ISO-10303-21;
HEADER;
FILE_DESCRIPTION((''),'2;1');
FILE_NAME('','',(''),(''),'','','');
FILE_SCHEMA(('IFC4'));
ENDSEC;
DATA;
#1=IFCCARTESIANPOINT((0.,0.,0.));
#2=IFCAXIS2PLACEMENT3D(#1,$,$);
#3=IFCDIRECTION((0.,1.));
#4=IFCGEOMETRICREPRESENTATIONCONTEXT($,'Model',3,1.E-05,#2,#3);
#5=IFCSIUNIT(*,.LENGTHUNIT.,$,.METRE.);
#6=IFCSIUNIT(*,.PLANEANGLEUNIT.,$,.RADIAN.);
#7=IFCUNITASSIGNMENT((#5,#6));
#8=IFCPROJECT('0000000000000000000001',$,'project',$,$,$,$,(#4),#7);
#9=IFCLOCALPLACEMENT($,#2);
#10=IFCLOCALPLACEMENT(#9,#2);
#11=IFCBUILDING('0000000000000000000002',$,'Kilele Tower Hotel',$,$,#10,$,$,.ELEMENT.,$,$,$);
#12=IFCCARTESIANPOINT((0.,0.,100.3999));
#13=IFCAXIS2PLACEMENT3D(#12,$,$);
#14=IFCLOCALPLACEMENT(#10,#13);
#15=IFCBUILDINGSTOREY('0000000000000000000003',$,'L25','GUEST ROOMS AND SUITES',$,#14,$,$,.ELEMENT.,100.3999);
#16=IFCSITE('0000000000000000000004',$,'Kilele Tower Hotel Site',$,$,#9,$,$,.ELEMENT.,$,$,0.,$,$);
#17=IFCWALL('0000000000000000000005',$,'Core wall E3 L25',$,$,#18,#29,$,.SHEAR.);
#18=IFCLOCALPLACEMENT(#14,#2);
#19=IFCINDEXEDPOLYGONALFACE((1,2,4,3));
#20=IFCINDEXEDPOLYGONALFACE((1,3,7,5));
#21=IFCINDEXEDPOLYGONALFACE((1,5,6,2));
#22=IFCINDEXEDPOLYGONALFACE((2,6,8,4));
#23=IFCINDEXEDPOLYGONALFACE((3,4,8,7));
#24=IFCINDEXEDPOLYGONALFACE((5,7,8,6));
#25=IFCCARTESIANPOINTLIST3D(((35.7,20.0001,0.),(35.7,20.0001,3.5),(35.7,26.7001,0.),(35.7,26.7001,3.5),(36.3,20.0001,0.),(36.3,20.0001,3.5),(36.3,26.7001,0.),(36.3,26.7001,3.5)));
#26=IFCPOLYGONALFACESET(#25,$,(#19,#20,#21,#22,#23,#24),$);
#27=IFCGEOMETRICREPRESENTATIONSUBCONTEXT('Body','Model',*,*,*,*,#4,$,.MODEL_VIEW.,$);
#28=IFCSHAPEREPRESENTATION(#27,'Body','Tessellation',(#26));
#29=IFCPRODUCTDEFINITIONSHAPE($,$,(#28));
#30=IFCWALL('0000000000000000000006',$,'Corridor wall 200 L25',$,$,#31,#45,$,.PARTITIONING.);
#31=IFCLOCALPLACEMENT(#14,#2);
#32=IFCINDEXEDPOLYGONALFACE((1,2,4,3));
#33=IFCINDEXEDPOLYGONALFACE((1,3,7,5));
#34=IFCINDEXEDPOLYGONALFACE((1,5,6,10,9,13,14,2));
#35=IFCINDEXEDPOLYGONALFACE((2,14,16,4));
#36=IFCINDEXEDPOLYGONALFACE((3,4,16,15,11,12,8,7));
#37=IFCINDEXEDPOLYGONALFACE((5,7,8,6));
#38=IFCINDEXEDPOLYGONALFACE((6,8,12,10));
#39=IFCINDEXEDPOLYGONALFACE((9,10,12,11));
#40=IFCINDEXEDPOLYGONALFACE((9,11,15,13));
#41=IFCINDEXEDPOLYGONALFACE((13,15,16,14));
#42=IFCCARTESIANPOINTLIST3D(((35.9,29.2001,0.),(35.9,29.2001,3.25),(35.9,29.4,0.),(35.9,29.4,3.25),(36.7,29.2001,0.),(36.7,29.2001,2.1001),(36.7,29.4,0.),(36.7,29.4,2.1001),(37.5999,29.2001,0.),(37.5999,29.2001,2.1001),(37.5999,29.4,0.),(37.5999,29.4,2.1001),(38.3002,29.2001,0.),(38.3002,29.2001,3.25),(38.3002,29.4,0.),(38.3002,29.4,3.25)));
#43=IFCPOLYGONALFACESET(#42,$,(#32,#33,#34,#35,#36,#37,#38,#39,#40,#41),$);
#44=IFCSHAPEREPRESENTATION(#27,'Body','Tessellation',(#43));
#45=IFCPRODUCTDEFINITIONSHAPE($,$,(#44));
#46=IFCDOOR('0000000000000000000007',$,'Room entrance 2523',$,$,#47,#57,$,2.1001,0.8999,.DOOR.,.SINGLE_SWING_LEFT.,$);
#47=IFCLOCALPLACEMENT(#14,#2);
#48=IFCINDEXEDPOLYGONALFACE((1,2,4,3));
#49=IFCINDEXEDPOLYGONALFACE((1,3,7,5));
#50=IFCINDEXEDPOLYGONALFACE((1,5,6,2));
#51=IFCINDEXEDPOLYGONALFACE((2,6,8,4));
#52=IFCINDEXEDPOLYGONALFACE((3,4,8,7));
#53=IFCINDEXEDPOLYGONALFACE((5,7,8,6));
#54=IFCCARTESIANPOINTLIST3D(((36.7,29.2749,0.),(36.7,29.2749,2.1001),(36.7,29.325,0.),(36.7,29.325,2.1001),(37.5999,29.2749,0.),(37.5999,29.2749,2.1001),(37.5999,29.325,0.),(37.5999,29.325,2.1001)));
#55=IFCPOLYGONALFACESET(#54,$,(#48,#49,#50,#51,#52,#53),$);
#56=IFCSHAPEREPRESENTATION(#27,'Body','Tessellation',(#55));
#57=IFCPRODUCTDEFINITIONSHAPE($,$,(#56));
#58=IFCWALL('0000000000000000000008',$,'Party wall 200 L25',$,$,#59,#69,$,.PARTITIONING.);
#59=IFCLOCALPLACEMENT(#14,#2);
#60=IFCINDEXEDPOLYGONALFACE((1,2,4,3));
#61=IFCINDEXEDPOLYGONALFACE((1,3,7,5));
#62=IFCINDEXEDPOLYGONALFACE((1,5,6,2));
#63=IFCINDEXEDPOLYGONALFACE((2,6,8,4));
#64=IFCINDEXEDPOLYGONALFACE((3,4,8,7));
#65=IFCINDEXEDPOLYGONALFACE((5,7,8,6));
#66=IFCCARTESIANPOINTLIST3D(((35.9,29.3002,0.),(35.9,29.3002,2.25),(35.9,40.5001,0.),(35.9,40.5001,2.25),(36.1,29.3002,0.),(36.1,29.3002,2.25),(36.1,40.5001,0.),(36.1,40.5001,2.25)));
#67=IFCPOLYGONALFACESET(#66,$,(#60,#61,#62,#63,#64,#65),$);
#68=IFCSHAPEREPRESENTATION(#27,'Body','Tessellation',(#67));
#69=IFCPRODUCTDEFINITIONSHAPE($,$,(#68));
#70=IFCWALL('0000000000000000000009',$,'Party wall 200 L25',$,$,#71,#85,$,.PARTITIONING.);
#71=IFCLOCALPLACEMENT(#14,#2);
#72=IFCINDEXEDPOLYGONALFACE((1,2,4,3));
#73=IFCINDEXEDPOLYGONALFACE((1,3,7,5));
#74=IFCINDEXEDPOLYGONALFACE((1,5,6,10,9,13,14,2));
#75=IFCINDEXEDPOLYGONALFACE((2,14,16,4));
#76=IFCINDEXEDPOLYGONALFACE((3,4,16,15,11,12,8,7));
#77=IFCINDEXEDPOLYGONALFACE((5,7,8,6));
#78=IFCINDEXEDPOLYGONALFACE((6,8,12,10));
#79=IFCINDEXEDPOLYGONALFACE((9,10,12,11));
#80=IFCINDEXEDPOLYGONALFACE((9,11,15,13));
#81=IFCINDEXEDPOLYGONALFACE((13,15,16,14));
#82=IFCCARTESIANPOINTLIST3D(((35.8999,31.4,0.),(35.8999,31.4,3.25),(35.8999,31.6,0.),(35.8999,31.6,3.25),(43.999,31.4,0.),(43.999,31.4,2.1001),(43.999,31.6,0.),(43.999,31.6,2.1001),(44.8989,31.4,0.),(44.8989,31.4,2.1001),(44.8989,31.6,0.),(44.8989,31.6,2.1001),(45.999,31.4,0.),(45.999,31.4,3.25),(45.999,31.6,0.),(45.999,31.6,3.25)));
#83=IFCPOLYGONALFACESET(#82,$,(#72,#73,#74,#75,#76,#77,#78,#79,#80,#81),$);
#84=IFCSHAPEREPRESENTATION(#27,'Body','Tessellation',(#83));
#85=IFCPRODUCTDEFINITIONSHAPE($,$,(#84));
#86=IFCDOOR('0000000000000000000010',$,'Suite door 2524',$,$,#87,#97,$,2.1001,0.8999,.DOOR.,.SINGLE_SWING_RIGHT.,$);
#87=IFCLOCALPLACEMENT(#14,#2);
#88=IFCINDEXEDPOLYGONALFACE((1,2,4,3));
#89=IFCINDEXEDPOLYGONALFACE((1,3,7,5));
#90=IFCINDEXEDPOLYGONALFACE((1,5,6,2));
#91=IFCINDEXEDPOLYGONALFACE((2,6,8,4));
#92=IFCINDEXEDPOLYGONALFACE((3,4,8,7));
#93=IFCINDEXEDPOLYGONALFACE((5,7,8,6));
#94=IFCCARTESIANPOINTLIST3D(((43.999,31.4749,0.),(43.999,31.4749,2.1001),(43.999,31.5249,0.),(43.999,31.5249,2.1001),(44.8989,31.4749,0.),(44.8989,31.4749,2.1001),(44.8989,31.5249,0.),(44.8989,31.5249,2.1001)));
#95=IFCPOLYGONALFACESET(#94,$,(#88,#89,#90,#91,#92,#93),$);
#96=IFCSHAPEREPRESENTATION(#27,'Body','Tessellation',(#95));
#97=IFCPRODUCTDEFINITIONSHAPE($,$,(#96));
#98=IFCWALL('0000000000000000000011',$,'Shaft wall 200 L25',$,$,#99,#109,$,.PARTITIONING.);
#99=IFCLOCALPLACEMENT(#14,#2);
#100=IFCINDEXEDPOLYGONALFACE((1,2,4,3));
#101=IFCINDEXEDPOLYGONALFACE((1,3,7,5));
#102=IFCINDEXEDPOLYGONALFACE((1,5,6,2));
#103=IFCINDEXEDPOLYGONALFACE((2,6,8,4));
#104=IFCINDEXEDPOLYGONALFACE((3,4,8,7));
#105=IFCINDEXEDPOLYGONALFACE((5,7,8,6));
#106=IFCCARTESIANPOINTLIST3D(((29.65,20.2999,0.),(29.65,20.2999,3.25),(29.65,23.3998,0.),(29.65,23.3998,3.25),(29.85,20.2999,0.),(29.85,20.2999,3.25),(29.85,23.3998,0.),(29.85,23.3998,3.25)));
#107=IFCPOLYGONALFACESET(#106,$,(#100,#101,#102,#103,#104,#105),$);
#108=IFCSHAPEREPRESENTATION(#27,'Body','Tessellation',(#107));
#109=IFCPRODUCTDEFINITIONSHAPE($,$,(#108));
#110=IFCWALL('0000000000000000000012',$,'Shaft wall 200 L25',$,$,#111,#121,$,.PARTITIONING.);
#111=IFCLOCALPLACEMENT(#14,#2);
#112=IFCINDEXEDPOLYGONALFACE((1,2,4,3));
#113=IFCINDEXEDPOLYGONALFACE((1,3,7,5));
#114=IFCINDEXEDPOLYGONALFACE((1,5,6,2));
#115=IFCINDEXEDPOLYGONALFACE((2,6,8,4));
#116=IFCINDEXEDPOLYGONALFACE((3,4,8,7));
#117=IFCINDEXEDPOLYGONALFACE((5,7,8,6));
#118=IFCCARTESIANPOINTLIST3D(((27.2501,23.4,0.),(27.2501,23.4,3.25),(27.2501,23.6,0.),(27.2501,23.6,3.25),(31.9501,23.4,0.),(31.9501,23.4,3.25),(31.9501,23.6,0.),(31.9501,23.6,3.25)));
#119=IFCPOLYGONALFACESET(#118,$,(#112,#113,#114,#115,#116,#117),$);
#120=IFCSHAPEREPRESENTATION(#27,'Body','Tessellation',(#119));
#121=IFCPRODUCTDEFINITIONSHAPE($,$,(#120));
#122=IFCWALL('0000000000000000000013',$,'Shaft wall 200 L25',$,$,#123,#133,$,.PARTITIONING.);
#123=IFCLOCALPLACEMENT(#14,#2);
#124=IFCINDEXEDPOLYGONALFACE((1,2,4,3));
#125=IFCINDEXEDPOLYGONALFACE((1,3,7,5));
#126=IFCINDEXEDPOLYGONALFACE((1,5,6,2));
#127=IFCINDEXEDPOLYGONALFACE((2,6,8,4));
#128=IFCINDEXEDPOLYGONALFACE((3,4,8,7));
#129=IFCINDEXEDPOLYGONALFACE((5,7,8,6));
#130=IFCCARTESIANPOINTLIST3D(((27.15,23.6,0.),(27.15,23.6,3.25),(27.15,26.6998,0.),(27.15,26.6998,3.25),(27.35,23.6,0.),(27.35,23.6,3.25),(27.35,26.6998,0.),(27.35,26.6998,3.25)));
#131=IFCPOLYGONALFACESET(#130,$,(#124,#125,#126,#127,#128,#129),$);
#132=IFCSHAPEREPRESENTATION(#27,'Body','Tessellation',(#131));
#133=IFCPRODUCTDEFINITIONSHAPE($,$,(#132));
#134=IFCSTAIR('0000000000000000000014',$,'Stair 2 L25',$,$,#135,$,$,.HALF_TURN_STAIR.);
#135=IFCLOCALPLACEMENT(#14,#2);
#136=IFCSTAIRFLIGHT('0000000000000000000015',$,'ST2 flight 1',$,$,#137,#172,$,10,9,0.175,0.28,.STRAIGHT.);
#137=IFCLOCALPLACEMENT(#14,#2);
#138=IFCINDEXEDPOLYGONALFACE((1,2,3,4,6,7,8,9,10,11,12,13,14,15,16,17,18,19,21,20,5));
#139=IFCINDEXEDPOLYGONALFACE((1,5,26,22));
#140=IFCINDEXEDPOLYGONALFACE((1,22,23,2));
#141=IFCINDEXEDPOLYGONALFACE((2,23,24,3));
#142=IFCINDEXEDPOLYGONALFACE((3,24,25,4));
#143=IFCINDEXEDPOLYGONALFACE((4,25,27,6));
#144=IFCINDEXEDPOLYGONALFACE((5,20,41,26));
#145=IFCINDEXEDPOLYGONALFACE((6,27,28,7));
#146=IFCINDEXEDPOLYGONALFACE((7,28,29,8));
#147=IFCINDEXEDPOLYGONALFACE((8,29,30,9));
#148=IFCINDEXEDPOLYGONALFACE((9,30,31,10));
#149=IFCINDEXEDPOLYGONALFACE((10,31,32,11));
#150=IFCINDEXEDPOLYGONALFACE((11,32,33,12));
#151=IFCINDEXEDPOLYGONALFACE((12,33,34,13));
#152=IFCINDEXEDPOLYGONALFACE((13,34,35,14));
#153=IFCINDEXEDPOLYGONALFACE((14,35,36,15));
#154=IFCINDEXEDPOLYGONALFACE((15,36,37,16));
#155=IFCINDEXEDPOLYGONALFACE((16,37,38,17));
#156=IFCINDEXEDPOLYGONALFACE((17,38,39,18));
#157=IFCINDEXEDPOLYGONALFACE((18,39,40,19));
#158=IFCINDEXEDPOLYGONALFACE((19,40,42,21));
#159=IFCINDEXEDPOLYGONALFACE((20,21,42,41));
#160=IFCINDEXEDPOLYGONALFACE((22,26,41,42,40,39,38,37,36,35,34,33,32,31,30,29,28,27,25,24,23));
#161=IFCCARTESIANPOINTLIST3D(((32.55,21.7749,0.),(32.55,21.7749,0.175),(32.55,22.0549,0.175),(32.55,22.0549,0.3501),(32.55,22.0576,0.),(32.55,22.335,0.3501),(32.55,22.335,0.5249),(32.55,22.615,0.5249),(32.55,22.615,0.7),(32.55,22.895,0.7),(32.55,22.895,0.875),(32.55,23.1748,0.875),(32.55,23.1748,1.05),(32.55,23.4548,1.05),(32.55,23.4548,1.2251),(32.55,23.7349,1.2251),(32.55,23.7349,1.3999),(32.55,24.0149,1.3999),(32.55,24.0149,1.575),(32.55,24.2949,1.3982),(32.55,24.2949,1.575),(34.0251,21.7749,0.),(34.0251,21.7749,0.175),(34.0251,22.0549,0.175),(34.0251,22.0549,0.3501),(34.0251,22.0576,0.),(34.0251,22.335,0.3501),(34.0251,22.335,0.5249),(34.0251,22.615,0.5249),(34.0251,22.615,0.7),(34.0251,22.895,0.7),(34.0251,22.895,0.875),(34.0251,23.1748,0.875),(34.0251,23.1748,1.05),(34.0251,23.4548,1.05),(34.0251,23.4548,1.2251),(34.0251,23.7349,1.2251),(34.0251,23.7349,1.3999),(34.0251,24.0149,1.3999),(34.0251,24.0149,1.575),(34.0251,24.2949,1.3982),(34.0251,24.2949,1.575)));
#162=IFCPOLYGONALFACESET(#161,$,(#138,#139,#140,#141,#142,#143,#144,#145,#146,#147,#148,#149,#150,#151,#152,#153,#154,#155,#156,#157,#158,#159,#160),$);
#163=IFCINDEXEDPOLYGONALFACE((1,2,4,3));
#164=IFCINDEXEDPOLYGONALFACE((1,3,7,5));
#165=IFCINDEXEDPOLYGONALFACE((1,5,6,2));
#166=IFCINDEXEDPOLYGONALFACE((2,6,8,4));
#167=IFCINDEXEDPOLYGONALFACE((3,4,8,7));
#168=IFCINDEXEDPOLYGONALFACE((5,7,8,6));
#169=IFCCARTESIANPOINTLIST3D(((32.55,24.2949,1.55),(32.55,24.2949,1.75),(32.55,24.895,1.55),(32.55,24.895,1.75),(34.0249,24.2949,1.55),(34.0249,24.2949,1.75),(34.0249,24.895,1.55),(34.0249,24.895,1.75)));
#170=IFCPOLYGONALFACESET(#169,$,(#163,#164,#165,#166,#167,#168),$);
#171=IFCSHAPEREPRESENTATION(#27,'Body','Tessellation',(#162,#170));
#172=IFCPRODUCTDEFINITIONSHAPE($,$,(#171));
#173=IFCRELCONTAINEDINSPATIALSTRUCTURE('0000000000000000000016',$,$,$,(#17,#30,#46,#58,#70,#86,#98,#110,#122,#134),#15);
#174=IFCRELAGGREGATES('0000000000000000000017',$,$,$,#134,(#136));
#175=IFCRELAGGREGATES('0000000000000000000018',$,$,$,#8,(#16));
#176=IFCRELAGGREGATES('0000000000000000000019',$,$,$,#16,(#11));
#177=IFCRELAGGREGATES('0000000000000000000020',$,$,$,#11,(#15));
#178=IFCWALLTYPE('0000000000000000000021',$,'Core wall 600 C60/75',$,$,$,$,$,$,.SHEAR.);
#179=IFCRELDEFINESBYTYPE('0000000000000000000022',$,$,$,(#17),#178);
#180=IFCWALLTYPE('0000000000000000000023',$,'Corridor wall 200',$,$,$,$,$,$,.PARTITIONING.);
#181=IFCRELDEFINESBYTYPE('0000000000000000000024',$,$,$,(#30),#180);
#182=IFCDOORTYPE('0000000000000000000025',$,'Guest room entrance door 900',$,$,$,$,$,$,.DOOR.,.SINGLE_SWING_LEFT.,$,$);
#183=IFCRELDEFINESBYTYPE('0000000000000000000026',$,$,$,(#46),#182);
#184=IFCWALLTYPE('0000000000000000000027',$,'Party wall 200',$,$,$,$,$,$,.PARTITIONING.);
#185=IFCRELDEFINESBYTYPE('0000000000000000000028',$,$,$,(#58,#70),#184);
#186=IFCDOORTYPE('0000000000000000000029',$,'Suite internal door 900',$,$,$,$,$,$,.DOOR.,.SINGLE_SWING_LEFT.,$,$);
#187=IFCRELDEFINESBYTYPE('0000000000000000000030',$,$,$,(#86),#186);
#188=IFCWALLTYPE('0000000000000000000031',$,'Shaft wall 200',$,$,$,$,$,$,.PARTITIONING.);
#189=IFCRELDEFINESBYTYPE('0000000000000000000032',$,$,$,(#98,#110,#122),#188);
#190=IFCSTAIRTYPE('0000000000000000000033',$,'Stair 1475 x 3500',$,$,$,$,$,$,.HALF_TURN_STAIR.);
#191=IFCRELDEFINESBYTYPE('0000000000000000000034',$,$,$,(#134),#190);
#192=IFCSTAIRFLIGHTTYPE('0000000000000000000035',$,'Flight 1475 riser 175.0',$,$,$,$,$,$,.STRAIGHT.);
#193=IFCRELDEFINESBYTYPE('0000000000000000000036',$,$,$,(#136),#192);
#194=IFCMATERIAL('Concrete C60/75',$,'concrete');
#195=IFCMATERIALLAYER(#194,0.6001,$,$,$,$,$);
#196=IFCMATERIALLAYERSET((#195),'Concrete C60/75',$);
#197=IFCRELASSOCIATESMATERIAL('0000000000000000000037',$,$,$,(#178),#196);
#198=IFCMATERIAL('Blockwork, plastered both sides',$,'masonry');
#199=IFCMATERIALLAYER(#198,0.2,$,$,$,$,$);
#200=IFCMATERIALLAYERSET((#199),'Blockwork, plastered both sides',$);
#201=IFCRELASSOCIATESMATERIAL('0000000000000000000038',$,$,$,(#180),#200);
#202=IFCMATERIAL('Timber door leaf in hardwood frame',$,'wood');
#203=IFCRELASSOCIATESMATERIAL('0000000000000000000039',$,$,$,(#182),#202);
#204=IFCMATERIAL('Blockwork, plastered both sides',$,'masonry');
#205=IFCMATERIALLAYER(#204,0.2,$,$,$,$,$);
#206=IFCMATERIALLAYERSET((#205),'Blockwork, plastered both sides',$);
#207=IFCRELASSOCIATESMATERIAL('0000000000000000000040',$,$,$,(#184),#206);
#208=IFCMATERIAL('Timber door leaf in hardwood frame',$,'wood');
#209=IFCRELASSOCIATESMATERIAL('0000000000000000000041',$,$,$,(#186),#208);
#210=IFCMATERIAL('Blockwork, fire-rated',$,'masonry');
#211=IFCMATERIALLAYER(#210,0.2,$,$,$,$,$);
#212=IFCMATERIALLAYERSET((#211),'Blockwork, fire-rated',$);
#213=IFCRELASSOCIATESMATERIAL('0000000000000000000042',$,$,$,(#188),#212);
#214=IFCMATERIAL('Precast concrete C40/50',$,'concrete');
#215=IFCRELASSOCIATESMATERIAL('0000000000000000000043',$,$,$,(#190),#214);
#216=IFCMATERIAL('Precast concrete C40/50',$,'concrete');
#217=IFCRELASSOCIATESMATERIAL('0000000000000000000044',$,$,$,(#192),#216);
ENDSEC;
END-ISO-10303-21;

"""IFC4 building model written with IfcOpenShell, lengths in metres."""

from ifc_helpers import new_model, si_unit, direction, frame, frame_2d, origin, place, context, subcontext, project, spatial, polyline, rectangle, outline, extrude, material, layer, layer_set, type_object, element, fill, aggregate, save


model = new_model("IFC4")

# Units and contexts
model_context = context("Model", 3, precision=1e-05, world=origin(), true_north=direction((0.0, 1.0)))
body_context = subcontext(model_context, "Body", "Model", "MODEL_VIEW")
ifc_project = project(units=[si_unit("LENGTHUNIT", "METRE"), si_unit("PLANEANGLEUNIT", "RADIAN")], contexts=[model_context])

# Site, building, storey
site_placement = place(None, origin())
site = spatial("IfcSite", under=ifc_project, at=site_placement, Name="Kilele Tower Hotel Site", CompositionType="ELEMENT", RefElevation=0.0)
building_placement = place(site_placement, origin())
building = spatial("IfcBuilding", under=site, at=building_placement, Name="Kilele Tower Hotel", CompositionType="ELEMENT")
storey_placement = place(building_placement, frame((0.0, 0.0, 100.3999)))
storey = spatial("IfcBuildingStorey", under=building, at=storey_placement, Name="L25", Description="GUEST ROOMS AND SUITES", CompositionType="ELEMENT", Elevation=100.3999)

# Wall
ifc_material_1 = material(Name="Concrete C60/75", Category="concrete")
ifc_layer_1 = layer(ifc_material_1, 0.6001)
ifc_layer_set_1 = layer_set([ifc_layer_1], Name="Concrete C60/75")
wall_type_1 = type_object("IfcWallType", Name="Core wall 600 C60/75", PredefinedType="SHEAR", material=ifc_layer_set_1)
wall_1_placement = place(storey_placement, frame((36.0, 20.0, 0.0), z_axis=(0.0, 0.0, 1.0), x_axis=(0.0, 1.0, 0.0)))
element("IfcWall", 1, at=wall_1_placement, inside=storey, type_object=wall_type_1, Name="Core wall E3 L25", PredefinedType="SHEAR", context=body_context, shape_type="SweptSolid", body=[
    extrude(rectangle(XDim=6.7, YDim=0.6001, at=frame_2d((3.3501, 0.0))), origin(), (0.0, 0.0, 1.0), 3.5),
])

# Wall, opening, door
ifc_material_2 = material(Name="Blockwork, plastered both sides", Category="masonry")
ifc_layer_2 = layer(ifc_material_2, 0.2)
ifc_layer_set_2 = layer_set([ifc_layer_2], Name="Blockwork, plastered both sides")
wall_type_2 = type_object("IfcWallType", Name="Corridor wall 200", PredefinedType="PARTITIONING", material=ifc_layer_set_2)
wall_2_placement = place(storey_placement, frame((35.8999, 29.3, 0.0), z_axis=(0.0, 0.0, 1.0), x_axis=(1.0, 0.0, 0.0)))
wall_2 = element("IfcWall", 2, at=wall_2_placement, inside=storey, type_object=wall_type_2, Name="Corridor wall 200 L25", PredefinedType="PARTITIONING", context=body_context, shape_type="SweptSolid", body=[
    extrude(rectangle(XDim=2.4001, YDim=0.2, at=frame_2d((1.2002, 0.0))), origin(), (0.0, 0.0, 1.0), 3.25),
])
opening_1_placement = place(wall_2_placement, frame((0.8, 0.0, 0.0)))
opening_1 = element("IfcOpeningElement", 3, at=opening_1_placement, cuts=wall_2, PredefinedType="OPENING", context=body_context, shape_type="SweptSolid", body=[
    extrude(rectangle(XDim=0.8999, YDim=2.1001, at=frame_2d((0.45, 1.05))), frame((0.0, 0.1099, 0.0), z_axis=(0.0, -1.0, 0.0), x_axis=(1.0, 0.0, 0.0)), (0.0, 0.0, 1.0), 0.22),
])
ifc_material_3 = material(Name="Timber door leaf in hardwood frame", Category="wood")
door_type_1 = type_object("IfcDoorType", Name="Guest room entrance door 900", OperationType="SINGLE_SWING_LEFT", PredefinedType="DOOR", material=ifc_material_3)
door_1_placement = place(opening_1_placement, origin())
door_1 = element("IfcDoor", 4, at=door_1_placement, inside=storey, type_object=door_type_1, Name="Room entrance 2523", OperationType="SINGLE_SWING_LEFT", OverallHeight=2.1001, OverallWidth=0.8999, PredefinedType="DOOR", context=body_context, shape_type="SweptSolid", body=[
    extrude(rectangle(XDim=0.8999, YDim=2.1001, at=frame_2d((0.45, 1.05))), frame((0.0, 0.0249, 0.0), z_axis=(0.0, -1.0, 0.0), x_axis=(1.0, 0.0, 0.0)), (0.0, 0.0, 1.0), 0.05),
])
fill(opening_1, door_1)

# Wall
ifc_material_4 = material(Name="Blockwork, plastered both sides", Category="masonry")
ifc_layer_3 = layer(ifc_material_4, 0.2)
ifc_layer_set_3 = layer_set([ifc_layer_3], Name="Blockwork, plastered both sides")
wall_type_3 = type_object("IfcWallType", Name="Party wall 200", PredefinedType="PARTITIONING", material=ifc_layer_set_3)
wall_3_placement = place(storey_placement, frame((36.0, 29.3, 0.0), z_axis=(0.0, 0.0, 1.0), x_axis=(0.0, 1.0, 0.0)))
element("IfcWall", 5, at=wall_3_placement, inside=storey, type_object=wall_type_3, Name="Party wall 200 L25", PredefinedType="PARTITIONING", context=body_context, shape_type="SweptSolid", body=[
    extrude(rectangle(XDim=11.2, YDim=0.2, at=frame_2d((5.6001, 0.0))), origin(), (0.0, 0.0, 1.0), 2.25),
])

# Wall, opening, door
wall_4_placement = place(storey_placement, frame((35.8999, 31.5, 0.0), z_axis=(0.0, 0.0, 1.0), x_axis=(1.0, 0.0, 0.0)))
wall_4 = element("IfcWall", 6, at=wall_4_placement, inside=storey, type_object=wall_type_3, Name="Party wall 200 L25", PredefinedType="PARTITIONING", context=body_context, shape_type="SweptSolid", body=[
    extrude(rectangle(XDim=10.0991, YDim=0.2, at=frame_2d((5.0496, 0.0))), origin(), (0.0, 0.0, 1.0), 3.25),
])
opening_2_placement = place(wall_4_placement, frame((8.0991, 0.0, 0.0)))
opening_2 = element("IfcOpeningElement", 7, at=opening_2_placement, cuts=wall_4, PredefinedType="OPENING", context=body_context, shape_type="SweptSolid", body=[
    extrude(rectangle(XDim=0.8999, YDim=2.1001, at=frame_2d((0.45, 1.05))), frame((0.0, 0.1099, 0.0), z_axis=(0.0, -1.0, 0.0), x_axis=(1.0, 0.0, 0.0)), (0.0, 0.0, 1.0), 0.22),
])
ifc_material_5 = material(Name="Timber door leaf in hardwood frame", Category="wood")
door_type_2 = type_object("IfcDoorType", Name="Suite internal door 900", OperationType="SINGLE_SWING_LEFT", PredefinedType="DOOR", material=ifc_material_5)
door_2_placement = place(opening_2_placement, origin())
door_2 = element("IfcDoor", 8, at=door_2_placement, inside=storey, type_object=door_type_2, Name="Suite door 2524", OperationType="SINGLE_SWING_RIGHT", OverallHeight=2.1001, OverallWidth=0.8999, PredefinedType="DOOR", context=body_context, shape_type="SweptSolid", body=[
    extrude(rectangle(XDim=0.8999, YDim=2.1001, at=frame_2d((0.45, 1.05))), frame((0.0, 0.0249, 0.0), z_axis=(0.0, -1.0, 0.0), x_axis=(1.0, 0.0, 0.0)), (0.0, 0.0, 1.0), 0.05),
])
fill(opening_2, door_2)

# Walls
ifc_material_6 = material(Name="Blockwork, fire-rated", Category="masonry")
ifc_layer_4 = layer(ifc_material_6, 0.2)
ifc_layer_set_4 = layer_set([ifc_layer_4], Name="Blockwork, fire-rated")
wall_type_4 = type_object("IfcWallType", Name="Shaft wall 200", PredefinedType="PARTITIONING", material=ifc_layer_set_4)
wall_5_placement = place(storey_placement, frame((29.75, 20.3, 0.0), z_axis=(0.0, 0.0, 1.0), x_axis=(0.0, 1.0, 0.0)))
element("IfcWall", 9, at=wall_5_placement, inside=storey, type_object=wall_type_4, Name="Shaft wall 200 L25", PredefinedType="PARTITIONING", context=body_context, shape_type="SweptSolid", body=[
    extrude(rectangle(XDim=3.0999, YDim=0.2, at=frame_2d((1.5498, 0.0))), origin(), (0.0, 0.0, 1.0), 3.25),
])
wall_6_placement = place(storey_placement, frame((27.25, 23.5, 0.0), z_axis=(0.0, 0.0, 1.0), x_axis=(1.0, 0.0, 0.0)))
element("IfcWall", 10, at=wall_6_placement, inside=storey, type_object=wall_type_4, Name="Shaft wall 200 L25", PredefinedType="PARTITIONING", context=body_context, shape_type="SweptSolid", body=[
    extrude(rectangle(XDim=4.7, YDim=0.2, at=frame_2d((2.3501, 0.0))), origin(), (0.0, 0.0, 1.0), 3.25),
])
wall_7_placement = place(storey_placement, frame((27.25, 23.6001, 0.0), z_axis=(0.0, 0.0, 1.0), x_axis=(0.0, 1.0, 0.0)))
element("IfcWall", 11, at=wall_7_placement, inside=storey, type_object=wall_type_4, Name="Shaft wall 200 L25", PredefinedType="PARTITIONING", context=body_context, shape_type="SweptSolid", body=[
    extrude(rectangle(XDim=3.0999, YDim=0.2, at=frame_2d((1.5498, 0.0))), origin(), (0.0, 0.0, 1.0), 3.25),
])

# Stair, stair flight
ifc_material_7 = material(Name="Precast concrete C40/50", Category="concrete")
stair_type = type_object("IfcStairType", Name="Stair 1475 x 3500", PredefinedType="HALF_TURN_STAIR", material=ifc_material_7)
stair_placement = place(storey_placement, origin())
stair = element("IfcStair", 12, at=stair_placement, inside=storey, type_object=stair_type, Name="Stair 2 L25", PredefinedType="HALF_TURN_STAIR")
ifc_material_8 = material(Name="Precast concrete C40/50", Category="concrete")
stair_flight_type = type_object("IfcStairFlightType", Name="Flight 1475 riser 175.0", PredefinedType="STRAIGHT", material=ifc_material_8)
stair_flight_1_placement = place(storey_placement, frame((33.2876, 21.7749, 0.0), z_axis=(0.0, 0.0, 1.0), x_axis=(0.0, 1.0, 0.0)))
stair_flight_1 = element("IfcStairFlight", 13, at=stair_flight_1_placement, type_object=stair_flight_type, Name="ST2 flight 1", NumberOfRisers=10, NumberOfTreads=9, PredefinedType="STRAIGHT", RiserHeight=0.175, TreadLength=0.28, context=body_context, shape_type="SweptSolid", body=[
    extrude(outline(polyline([(0.0, 0.0), (0.0, 0.175), (0.28, 0.175), (0.28, 0.3501), (0.5601, 0.3501), (0.5601, 0.5249), (0.8401, 0.5249), (0.8401, 0.7), (1.1201, 0.7), (1.1201, 0.875), (1.3999, 0.875), (1.3999, 1.05), (1.6799, 1.05), (1.6799, 1.2251), (1.96, 1.2251), (1.96, 1.3999), (2.24, 1.3999), (2.24, 1.575), (2.52, 1.575), (2.52, 1.75), (2.52, 1.3982), (0.2827, 0.0), (0.0, 0.0)])), frame((0.0, 0.7375, 0.0), z_axis=(0.0, -1.0, 0.0), x_axis=(1.0, 0.0, 0.0)), (0.0, 0.0, 1.0), 1.4751),
    extrude(outline(polyline([(2.52, 0.7375), (2.52, -0.7373), (3.1201, -0.7373), (3.1201, 0.7375), (2.52, 0.7375)])), frame((0.0, 0.0, 1.55)), (0.0, 0.0, 1.0), 0.2),
])
aggregate(stair, [stair_flight_1])

save(model, "model.ifc")
